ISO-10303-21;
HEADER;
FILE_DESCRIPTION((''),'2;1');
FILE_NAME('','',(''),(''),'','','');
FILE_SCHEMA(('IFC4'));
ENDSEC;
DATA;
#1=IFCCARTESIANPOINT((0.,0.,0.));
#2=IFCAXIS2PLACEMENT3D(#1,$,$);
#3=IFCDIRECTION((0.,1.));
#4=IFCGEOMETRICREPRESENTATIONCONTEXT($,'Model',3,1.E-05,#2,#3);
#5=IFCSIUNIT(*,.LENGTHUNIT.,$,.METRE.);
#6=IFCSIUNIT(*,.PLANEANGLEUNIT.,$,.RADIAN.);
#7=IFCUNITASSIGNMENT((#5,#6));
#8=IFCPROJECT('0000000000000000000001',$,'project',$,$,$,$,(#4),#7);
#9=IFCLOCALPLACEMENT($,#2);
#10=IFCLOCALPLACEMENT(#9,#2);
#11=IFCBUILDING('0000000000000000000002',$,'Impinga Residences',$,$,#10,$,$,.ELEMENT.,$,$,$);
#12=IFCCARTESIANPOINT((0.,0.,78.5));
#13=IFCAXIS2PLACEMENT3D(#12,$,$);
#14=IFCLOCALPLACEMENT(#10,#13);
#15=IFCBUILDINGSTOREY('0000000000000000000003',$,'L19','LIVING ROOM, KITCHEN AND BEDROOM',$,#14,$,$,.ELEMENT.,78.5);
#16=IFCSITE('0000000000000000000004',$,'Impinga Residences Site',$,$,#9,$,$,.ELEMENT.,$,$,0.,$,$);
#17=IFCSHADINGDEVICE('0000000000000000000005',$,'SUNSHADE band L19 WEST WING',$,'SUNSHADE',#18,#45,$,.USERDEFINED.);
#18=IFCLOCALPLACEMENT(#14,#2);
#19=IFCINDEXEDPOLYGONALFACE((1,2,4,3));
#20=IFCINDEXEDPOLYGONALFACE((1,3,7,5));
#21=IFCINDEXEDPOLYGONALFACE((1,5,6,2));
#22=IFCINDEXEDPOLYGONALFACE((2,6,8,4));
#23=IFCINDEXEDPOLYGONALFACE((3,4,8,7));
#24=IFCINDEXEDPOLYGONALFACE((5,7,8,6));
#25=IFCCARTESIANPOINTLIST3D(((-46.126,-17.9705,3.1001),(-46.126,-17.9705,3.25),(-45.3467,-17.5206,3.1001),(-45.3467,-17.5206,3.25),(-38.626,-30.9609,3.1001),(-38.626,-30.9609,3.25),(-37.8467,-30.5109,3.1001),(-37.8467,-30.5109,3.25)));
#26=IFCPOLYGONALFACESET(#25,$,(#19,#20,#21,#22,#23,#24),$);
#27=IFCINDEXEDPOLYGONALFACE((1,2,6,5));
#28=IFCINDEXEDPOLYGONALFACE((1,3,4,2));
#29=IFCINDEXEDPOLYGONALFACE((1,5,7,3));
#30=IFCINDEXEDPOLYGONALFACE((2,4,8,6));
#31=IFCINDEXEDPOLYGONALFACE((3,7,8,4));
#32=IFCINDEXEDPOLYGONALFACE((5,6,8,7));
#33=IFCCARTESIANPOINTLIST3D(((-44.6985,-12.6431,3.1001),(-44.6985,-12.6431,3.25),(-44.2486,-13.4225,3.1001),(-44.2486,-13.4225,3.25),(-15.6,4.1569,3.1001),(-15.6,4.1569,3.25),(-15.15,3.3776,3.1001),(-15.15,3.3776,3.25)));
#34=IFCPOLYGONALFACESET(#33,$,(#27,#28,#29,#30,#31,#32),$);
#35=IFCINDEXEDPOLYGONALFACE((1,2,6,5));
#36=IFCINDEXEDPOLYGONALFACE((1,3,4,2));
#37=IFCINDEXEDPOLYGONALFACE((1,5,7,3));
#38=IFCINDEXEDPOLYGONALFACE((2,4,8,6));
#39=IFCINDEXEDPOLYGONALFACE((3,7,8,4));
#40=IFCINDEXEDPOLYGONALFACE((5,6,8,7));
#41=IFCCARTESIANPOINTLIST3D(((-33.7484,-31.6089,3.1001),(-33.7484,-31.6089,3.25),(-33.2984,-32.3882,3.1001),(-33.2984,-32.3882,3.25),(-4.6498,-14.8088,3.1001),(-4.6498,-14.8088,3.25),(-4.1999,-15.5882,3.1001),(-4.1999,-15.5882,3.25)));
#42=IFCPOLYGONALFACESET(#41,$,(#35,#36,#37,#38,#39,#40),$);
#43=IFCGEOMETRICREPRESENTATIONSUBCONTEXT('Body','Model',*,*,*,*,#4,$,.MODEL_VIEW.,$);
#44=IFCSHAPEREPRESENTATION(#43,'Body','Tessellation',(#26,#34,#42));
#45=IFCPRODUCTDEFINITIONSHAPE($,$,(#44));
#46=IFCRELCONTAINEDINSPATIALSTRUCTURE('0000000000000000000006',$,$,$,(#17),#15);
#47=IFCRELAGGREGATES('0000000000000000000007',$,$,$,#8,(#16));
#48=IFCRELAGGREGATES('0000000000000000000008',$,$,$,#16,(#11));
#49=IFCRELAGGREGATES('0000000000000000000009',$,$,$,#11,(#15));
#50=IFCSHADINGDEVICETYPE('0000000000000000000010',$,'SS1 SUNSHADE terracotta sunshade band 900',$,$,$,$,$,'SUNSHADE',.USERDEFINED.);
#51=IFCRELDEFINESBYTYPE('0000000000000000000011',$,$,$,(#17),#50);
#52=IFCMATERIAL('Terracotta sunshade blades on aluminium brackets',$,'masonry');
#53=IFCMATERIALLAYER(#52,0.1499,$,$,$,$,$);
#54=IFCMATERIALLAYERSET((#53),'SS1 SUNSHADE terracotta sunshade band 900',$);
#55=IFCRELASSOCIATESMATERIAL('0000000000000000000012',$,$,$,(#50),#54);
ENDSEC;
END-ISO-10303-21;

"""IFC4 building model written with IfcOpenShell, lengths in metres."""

from ifc_helpers import new_model, si_unit, direction, frame, origin, origin_2d, place, context, subcontext, project, spatial, rectangle, extrude, material, layer, layer_set, type_object, element, save


model = new_model("IFC4")

# Units and contexts
model_context = context("Model", 3, precision=1e-05, world=origin(), true_north=direction((0.0, 1.0)))
body_context = subcontext(model_context, "Body", "Model", "MODEL_VIEW")
ifc_project = project(units=[si_unit("LENGTHUNIT", "METRE"), si_unit("PLANEANGLEUNIT", "RADIAN")], contexts=[model_context])

# Site, building, storey
site_placement = place(None, origin())
site = spatial("IfcSite", under=ifc_project, at=site_placement, Name="Impinga Residences Site", CompositionType="ELEMENT", RefElevation=0.0)
building_placement = place(site_placement, origin())
building = spatial("IfcBuilding", under=site, at=building_placement, Name="Impinga Residences", CompositionType="ELEMENT")
storey_placement = place(building_placement, frame((0.0, 0.0, 78.5)))
storey = spatial("IfcBuildingStorey", under=building, at=storey_placement, Name="L19", Description="LIVING ROOM, KITCHEN AND BEDROOM", CompositionType="ELEMENT", Elevation=78.5)

# Shading device
ifc_material_1 = material(Name="Terracotta sunshade blades on aluminium brackets", Category="masonry")
ifc_layer_1 = layer(ifc_material_1, 0.1499)
ifc_layer_set_1 = layer_set([ifc_layer_1], Name="SS1 SUNSHADE terracotta sunshade band 900")
shading_device_type = type_object("IfcShadingDeviceType", Name="SS1 SUNSHADE terracotta sunshade band 900", ElementType="SUNSHADE", PredefinedType="USERDEFINED", material=ifc_layer_set_1)
shading_device_placement = place(storey_placement, frame((-41.9863, -24.2407, 3.1001), z_axis=(0.0, 0.0, 1.0), x_axis=(-0.5, 0.866025, 0.0)))
element("IfcShadingDevice", 1, at=shading_device_placement, inside=storey, type_object=shading_device_type, Name="SUNSHADE band L19 WEST WING", ObjectType="SUNSHADE", PredefinedType="USERDEFINED", context=body_context, shape_type="SweptSolid", body=[
    extrude(rectangle(XDim=15.0, YDim=0.8999, at=origin_2d()), origin(), (0.0, 0.0, 1.0), 0.1499),
    extrude(rectangle(XDim=33.6001, YDim=0.8999, at=origin_2d()), frame((10.95, -20.25, 0.0), z_axis=(0.0, 0.0, 1.0), x_axis=(0.0, -1.0, 0.0)), (0.0, 0.0, 1.0), 0.1499),
    extrude(rectangle(XDim=33.6001, YDim=0.8999, at=origin_2d()), frame((-10.95, -20.2502, 0.0), z_axis=(0.0, 0.0, 1.0), x_axis=(0.0, 1.0, 0.0)), (0.0, 0.0, 1.0), 0.1499),
])

save(model, "model.ifc")
